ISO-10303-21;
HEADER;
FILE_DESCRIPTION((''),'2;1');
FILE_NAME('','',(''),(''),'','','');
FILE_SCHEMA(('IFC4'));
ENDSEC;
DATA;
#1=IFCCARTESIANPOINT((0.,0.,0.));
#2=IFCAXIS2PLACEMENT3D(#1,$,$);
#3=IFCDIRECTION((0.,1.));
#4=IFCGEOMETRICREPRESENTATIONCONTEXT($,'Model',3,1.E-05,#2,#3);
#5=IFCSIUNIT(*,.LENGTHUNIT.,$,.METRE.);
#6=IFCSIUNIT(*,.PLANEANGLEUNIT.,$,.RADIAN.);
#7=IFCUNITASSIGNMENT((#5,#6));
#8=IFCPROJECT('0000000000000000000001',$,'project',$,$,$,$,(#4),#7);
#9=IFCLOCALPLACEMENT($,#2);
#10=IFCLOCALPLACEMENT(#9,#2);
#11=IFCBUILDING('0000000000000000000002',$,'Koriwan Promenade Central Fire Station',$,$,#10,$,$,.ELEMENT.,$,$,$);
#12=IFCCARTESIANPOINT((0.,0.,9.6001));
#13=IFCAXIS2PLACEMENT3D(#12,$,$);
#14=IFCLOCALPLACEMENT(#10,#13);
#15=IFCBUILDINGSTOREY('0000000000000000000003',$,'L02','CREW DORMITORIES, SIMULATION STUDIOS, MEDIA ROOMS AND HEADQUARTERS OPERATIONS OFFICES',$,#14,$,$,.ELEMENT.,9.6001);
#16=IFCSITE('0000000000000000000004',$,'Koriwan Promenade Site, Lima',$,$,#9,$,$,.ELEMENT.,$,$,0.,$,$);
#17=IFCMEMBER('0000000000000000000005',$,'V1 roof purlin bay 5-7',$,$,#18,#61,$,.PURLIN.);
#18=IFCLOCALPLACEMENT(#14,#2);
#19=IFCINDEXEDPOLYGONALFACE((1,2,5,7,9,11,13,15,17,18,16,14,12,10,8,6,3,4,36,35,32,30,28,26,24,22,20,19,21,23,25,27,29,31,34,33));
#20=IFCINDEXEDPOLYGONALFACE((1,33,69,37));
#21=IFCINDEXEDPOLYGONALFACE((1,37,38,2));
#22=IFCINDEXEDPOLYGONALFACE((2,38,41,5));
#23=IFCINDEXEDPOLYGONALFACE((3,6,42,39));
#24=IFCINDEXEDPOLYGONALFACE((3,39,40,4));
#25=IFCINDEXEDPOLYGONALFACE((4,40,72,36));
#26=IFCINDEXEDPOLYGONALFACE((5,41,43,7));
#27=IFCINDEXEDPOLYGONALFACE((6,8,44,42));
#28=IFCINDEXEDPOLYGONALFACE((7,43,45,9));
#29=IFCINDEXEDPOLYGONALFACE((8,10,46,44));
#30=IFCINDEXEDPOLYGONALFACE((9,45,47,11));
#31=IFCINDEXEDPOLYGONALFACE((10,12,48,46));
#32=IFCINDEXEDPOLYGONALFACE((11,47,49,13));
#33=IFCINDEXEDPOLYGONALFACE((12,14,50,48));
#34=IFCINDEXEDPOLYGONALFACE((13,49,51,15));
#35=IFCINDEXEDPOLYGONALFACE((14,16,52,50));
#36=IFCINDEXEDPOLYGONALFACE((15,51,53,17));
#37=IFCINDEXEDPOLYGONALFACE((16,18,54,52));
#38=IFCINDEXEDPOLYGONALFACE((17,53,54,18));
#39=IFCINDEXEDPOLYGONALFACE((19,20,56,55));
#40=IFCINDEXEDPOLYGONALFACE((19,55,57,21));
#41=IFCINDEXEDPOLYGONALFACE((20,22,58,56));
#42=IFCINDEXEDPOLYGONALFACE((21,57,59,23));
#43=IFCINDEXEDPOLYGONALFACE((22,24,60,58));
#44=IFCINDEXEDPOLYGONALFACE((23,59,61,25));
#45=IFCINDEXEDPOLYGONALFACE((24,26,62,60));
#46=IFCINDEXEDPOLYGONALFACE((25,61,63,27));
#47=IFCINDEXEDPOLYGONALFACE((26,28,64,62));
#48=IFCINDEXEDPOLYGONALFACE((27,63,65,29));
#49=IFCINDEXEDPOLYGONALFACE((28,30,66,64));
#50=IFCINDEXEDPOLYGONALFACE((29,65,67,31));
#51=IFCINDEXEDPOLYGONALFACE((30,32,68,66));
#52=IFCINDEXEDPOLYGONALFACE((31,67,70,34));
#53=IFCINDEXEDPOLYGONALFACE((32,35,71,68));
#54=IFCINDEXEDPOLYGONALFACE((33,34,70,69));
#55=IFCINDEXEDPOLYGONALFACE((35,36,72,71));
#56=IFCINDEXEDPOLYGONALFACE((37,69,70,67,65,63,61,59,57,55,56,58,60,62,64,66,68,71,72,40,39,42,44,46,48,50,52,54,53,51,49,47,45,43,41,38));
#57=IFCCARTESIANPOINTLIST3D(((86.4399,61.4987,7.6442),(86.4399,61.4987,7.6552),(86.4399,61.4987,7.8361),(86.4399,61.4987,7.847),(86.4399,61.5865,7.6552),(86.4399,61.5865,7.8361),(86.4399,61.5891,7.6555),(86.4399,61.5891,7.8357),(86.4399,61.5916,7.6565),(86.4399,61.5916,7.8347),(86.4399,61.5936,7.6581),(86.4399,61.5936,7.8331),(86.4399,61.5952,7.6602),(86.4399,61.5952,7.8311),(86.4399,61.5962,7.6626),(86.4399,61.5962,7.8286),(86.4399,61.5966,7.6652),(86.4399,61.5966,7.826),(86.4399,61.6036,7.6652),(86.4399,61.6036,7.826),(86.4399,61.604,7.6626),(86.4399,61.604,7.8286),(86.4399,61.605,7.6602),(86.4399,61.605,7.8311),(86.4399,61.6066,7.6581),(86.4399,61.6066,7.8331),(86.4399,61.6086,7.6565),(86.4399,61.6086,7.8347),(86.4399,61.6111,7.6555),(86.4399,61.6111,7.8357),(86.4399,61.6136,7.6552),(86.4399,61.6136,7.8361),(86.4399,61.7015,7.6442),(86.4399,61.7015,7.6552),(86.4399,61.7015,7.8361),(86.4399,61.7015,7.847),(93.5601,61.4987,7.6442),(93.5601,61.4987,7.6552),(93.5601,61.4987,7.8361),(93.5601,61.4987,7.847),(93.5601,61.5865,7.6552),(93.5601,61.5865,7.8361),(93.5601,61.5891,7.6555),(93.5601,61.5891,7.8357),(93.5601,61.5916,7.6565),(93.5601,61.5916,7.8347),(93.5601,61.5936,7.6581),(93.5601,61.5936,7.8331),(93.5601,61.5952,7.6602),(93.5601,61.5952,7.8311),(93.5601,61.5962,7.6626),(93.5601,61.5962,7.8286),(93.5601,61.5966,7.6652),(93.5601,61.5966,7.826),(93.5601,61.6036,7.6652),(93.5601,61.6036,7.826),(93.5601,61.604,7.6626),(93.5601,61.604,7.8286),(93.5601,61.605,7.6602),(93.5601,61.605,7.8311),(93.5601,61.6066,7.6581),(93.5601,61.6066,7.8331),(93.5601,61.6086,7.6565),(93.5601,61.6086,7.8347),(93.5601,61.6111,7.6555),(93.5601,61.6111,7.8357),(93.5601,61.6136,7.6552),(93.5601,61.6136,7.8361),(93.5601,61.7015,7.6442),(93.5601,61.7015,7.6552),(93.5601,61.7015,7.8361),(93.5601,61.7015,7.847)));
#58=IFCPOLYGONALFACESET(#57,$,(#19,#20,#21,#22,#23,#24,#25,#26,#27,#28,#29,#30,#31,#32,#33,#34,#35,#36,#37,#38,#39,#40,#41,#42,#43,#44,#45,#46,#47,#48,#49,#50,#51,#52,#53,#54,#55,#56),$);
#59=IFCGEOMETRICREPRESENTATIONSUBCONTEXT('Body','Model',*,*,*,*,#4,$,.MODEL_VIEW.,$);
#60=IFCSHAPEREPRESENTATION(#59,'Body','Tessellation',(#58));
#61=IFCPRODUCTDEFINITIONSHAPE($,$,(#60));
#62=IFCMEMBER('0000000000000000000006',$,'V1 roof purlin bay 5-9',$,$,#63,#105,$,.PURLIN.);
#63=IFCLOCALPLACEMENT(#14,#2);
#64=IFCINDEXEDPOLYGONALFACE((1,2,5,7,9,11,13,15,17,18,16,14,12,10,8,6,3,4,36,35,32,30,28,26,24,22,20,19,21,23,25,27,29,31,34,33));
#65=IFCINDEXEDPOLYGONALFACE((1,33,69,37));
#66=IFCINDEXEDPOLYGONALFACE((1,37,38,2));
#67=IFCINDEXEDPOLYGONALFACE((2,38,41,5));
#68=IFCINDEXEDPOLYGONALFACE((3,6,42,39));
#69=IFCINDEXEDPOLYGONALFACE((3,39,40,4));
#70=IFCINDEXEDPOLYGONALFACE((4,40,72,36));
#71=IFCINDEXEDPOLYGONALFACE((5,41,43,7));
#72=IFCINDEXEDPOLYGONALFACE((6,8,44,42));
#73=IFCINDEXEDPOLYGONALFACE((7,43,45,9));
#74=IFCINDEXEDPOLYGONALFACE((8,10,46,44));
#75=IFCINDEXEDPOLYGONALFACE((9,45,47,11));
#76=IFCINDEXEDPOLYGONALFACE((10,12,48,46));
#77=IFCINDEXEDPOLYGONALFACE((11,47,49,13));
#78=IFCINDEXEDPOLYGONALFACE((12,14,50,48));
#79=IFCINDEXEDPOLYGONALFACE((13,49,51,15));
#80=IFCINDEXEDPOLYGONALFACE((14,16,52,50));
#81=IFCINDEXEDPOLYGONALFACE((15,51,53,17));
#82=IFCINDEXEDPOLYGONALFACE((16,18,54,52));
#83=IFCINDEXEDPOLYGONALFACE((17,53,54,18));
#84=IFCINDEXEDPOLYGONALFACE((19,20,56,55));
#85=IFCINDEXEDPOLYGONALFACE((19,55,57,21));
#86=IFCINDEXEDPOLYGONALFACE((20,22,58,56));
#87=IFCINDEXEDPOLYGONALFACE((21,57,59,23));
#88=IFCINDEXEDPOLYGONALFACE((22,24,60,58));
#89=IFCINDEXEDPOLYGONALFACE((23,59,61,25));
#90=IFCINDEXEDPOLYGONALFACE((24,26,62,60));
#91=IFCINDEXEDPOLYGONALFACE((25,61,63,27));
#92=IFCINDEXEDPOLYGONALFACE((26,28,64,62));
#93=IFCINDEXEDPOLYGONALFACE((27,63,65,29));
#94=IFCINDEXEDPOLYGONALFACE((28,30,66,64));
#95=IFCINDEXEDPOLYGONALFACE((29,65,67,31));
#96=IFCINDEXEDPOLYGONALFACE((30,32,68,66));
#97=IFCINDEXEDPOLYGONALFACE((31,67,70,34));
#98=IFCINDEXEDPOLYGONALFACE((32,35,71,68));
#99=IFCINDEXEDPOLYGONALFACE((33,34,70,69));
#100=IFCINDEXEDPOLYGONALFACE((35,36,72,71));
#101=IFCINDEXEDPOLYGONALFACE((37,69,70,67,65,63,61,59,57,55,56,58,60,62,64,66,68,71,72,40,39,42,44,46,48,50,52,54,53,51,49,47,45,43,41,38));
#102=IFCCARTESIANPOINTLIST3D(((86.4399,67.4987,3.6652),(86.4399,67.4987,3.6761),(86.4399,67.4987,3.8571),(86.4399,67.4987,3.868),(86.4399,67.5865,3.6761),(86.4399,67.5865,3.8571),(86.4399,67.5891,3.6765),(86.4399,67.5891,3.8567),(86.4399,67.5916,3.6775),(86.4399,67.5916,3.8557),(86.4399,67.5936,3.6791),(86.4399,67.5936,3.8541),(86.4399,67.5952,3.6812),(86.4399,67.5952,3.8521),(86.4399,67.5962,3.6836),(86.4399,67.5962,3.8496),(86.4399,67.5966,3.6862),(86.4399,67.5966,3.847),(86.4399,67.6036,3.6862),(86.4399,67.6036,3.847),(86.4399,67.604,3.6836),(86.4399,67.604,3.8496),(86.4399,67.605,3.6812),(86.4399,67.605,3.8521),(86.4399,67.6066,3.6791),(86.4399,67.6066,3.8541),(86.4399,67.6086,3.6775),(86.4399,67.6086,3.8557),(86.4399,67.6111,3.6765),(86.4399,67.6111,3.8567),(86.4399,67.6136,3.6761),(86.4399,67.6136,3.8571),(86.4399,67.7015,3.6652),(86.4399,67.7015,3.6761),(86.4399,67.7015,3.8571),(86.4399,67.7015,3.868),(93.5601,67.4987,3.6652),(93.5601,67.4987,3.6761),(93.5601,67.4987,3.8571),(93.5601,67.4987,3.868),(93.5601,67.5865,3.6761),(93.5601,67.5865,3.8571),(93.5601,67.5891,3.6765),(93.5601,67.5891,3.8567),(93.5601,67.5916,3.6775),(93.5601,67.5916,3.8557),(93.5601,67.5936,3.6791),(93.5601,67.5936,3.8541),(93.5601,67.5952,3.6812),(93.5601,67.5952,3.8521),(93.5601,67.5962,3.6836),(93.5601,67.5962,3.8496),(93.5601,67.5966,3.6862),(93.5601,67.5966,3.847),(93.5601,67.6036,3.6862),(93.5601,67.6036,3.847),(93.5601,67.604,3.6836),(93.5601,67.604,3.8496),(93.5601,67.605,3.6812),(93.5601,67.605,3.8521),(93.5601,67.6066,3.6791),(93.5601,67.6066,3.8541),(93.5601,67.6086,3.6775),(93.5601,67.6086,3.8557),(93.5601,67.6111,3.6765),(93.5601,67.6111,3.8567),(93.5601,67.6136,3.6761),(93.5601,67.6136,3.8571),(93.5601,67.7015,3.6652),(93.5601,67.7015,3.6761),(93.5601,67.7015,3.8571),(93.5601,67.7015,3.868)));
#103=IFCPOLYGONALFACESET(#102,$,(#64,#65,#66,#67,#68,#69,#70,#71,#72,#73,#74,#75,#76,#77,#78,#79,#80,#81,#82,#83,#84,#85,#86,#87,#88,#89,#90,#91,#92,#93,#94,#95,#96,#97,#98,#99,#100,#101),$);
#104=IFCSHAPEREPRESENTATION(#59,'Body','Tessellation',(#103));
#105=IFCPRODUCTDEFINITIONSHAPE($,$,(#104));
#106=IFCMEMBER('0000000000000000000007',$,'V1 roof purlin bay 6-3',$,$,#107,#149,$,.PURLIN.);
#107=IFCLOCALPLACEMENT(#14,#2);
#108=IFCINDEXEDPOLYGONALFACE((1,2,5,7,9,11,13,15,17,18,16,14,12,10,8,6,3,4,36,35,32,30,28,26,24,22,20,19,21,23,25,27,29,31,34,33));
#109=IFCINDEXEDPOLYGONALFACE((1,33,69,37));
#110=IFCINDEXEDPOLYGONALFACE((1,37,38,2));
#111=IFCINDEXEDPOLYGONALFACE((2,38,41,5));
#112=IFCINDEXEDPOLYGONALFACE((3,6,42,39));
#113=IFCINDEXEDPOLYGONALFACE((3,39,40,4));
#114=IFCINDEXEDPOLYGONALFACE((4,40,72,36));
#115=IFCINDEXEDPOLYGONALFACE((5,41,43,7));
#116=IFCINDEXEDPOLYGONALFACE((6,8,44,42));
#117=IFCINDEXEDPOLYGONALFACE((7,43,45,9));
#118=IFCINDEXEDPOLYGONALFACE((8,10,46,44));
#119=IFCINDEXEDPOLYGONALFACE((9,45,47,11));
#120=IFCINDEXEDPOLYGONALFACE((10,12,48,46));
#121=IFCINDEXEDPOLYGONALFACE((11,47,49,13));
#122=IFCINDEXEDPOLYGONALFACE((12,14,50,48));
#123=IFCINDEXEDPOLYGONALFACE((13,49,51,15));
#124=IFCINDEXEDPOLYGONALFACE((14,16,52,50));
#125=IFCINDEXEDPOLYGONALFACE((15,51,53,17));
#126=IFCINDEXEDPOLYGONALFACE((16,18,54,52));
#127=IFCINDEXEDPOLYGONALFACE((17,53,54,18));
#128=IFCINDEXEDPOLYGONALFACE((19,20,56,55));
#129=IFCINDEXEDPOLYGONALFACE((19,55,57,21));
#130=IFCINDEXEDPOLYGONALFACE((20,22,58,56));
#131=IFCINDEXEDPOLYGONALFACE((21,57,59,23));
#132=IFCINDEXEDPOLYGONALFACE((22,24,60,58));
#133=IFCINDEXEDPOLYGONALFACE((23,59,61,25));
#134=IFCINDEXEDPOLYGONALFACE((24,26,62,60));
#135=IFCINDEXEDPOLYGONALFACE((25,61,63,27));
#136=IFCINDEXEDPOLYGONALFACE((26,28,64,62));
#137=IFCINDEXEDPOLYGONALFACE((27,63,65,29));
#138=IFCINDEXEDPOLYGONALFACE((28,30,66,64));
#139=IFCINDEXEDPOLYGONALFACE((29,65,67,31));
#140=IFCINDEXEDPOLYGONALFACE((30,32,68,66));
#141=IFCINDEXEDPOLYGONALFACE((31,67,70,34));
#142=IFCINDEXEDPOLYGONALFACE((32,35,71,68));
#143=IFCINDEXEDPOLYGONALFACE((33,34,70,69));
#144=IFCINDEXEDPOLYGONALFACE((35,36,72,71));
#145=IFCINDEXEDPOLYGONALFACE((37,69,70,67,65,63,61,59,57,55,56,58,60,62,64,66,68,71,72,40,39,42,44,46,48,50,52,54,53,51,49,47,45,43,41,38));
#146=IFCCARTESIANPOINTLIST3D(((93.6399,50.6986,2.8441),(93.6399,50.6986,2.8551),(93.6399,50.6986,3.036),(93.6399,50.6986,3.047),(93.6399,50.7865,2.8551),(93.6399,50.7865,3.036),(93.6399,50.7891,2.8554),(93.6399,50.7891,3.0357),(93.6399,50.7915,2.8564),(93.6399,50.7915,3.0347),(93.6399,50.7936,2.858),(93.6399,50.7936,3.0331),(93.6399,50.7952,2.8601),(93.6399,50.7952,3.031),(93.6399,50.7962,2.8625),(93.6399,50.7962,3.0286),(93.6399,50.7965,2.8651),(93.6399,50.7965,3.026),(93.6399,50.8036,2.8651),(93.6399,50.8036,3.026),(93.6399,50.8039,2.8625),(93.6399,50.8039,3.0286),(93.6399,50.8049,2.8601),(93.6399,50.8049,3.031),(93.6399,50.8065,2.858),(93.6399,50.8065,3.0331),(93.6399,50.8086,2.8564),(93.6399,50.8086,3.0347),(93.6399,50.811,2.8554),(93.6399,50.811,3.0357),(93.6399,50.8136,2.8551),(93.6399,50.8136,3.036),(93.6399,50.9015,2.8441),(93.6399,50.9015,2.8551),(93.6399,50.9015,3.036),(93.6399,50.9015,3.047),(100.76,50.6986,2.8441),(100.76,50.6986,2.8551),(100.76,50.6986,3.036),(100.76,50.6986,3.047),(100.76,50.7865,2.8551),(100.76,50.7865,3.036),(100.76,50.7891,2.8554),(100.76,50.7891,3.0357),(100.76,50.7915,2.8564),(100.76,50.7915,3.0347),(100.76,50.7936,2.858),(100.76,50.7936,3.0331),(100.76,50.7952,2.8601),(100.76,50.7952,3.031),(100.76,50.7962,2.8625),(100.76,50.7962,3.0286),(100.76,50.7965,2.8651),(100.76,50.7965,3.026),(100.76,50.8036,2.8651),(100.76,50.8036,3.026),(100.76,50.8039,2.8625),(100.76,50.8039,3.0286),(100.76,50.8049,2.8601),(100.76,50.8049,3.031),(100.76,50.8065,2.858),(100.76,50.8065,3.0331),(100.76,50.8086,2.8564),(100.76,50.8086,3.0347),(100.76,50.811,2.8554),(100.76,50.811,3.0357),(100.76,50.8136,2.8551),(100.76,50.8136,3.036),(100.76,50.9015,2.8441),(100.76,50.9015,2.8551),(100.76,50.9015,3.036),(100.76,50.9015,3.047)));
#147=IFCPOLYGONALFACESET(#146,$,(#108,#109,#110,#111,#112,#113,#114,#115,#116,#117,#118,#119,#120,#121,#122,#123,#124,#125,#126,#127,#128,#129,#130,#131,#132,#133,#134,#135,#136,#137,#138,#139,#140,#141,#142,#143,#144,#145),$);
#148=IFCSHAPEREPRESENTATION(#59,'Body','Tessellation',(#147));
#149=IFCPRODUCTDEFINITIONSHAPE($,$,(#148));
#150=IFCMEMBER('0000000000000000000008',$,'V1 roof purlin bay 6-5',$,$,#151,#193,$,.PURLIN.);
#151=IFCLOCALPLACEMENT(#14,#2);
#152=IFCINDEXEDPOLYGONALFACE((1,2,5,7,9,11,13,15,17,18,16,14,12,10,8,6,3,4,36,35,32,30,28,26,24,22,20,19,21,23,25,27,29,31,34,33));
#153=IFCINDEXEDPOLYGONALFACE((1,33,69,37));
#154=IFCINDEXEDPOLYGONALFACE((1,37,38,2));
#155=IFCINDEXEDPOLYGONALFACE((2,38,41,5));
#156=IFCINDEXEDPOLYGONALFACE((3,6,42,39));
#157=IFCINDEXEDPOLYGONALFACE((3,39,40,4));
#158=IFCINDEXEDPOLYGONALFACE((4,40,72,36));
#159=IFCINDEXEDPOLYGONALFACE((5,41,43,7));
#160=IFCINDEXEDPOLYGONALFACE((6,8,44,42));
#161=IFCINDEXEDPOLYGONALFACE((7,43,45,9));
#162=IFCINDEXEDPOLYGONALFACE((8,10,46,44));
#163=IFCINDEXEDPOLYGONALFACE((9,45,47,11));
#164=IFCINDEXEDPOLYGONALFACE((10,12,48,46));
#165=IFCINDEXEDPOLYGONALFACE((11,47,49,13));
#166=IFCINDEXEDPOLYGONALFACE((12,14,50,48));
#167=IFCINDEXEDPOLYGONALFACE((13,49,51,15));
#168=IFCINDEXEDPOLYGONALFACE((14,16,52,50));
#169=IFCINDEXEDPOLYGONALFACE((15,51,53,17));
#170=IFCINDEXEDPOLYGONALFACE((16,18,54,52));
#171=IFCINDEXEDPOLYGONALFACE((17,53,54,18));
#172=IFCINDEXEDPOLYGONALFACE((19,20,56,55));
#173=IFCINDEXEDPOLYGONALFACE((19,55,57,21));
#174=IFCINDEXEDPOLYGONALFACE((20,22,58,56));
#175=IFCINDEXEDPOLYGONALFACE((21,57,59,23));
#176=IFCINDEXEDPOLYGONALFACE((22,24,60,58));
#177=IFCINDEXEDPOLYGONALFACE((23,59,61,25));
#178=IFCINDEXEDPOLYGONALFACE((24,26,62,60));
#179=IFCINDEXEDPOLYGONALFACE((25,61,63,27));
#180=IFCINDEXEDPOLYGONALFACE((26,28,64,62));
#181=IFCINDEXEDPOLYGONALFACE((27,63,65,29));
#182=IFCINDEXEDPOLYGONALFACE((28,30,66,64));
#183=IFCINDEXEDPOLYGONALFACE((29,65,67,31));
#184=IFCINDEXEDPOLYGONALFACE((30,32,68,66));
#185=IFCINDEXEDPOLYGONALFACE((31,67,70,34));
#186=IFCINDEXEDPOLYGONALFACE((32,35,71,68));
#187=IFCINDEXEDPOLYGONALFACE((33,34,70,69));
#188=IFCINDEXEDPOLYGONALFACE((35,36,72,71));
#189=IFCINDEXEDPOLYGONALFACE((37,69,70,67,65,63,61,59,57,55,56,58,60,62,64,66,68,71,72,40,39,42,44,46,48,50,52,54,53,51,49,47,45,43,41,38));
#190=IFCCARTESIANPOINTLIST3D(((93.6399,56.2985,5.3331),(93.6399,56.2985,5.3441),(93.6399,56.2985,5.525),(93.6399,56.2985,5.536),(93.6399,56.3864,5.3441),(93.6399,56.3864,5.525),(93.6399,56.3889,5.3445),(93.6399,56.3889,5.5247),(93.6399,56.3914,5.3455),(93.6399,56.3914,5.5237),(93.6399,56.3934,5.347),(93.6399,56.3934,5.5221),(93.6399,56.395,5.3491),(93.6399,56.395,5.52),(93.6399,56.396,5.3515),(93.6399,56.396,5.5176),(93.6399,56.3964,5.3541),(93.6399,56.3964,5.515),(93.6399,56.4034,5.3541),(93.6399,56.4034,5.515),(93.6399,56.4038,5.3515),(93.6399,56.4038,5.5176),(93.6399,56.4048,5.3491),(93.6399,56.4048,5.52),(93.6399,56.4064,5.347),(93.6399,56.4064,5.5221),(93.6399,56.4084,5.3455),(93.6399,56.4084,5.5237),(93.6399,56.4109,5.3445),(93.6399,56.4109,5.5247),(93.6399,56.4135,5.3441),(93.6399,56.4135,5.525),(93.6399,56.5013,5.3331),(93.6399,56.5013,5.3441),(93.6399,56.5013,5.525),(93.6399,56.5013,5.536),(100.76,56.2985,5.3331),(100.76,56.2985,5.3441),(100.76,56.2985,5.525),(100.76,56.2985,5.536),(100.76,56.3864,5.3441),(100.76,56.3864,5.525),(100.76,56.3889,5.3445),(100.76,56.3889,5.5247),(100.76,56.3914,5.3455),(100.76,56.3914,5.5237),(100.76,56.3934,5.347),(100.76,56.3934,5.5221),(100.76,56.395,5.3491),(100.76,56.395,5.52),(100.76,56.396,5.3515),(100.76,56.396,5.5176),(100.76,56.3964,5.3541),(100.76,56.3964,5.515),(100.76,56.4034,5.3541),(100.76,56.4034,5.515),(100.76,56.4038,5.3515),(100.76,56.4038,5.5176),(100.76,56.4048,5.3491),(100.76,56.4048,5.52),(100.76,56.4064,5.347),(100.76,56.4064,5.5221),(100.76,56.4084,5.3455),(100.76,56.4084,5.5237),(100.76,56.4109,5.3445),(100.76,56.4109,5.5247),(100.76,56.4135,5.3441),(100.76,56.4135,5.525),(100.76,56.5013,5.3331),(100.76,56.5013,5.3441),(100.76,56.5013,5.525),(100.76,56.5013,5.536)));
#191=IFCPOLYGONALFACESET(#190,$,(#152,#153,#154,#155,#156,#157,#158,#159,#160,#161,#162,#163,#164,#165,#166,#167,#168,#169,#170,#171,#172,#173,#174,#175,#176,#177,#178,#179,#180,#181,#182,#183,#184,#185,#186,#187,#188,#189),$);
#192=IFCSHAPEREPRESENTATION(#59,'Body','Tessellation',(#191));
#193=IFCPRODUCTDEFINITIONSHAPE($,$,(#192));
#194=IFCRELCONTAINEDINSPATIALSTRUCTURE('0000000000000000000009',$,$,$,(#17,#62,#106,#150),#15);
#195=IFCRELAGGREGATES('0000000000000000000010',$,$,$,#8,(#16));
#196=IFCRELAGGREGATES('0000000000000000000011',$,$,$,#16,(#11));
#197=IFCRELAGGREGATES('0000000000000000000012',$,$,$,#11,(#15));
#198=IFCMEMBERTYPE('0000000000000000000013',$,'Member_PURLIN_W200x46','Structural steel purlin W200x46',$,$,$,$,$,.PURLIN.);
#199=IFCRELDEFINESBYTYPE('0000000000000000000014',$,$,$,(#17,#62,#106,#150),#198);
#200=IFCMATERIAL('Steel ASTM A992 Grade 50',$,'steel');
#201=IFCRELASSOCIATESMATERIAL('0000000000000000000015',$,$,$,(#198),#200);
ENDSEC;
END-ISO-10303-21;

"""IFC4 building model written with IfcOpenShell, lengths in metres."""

from ifc_helpers import new_model, si_unit, direction, frame, origin, origin_2d, place, context, subcontext, project, spatial, i_section, extrude, material, material_profile, profile_set, type_object, element, save


model = new_model("IFC4")

# Units and contexts
model_context = context("Model", 3, precision=1e-05, world=origin(), true_north=direction((0.0, 1.0)))
body_context = subcontext(model_context, "Body", "Model", "MODEL_VIEW")
ifc_project = project(units=[si_unit("LENGTHUNIT", "METRE"), si_unit("PLANEANGLEUNIT", "RADIAN")], contexts=[model_context])

# Site, building, storey
site_placement = place(None, origin())
site = spatial("IfcSite", under=ifc_project, at=site_placement, Name="Koriwan Promenade Site, Lima", CompositionType="ELEMENT", RefElevation=0.0)
building_placement = place(site_placement, origin())
building = spatial("IfcBuilding", under=site, at=building_placement, Name="Koriwan Promenade Central Fire Station", CompositionType="ELEMENT")
storey_placement = place(building_placement, frame((0.0, 0.0, 9.6001)))
storey = spatial("IfcBuildingStorey", under=building, at=storey_placement, Name="L02", Description="CREW DORMITORIES, SIMULATION STUDIOS, MEDIA ROOMS AND HEADQUARTERS OPERATIONS OFFICES", CompositionType="ELEMENT", Elevation=9.6001)

# Members
ifc_material_1 = material(Name="Steel ASTM A992 Grade 50", Category="steel")
ifc_material_profile_1 = material_profile(ifc_material_1, i_section(OverallWidth=0.2029, OverallDepth=0.2029, WebThickness=0.0071, FlangeThickness=0.011, FilletRadius=0.01, at=origin_2d()), Name="W200x46")
ifc_profile_set_1 = profile_set([ifc_material_profile_1], Name="Steel ASTM A992 Grade 50")
member_type_1 = type_object("IfcMemberType", Name="Member_PURLIN_W200x46", Description="Structural steel purlin W200x46", PredefinedType="PURLIN", material=ifc_profile_set_1)
for number, where, z_axis, x_axis, name in (
    (1, (86.4399, 61.6001, 7.7456), (1.0, 0.0, 0.0), (0.0, 1.0, 0.0), "V1 roof purlin bay 5-7"),
    (2, (86.4399, 67.6001, 3.7666), (1.0, 0.0, 0.0), (0.0, 1.0, 0.0), "V1 roof purlin bay 5-9"),
    (3, (93.6399, 50.8, 2.9456), (1.0, 0.0, 0.0), (0.0, 1.0, 0.0), "V1 roof purlin bay 6-3"),
    (4, (93.6399, 56.3999, 5.4346), (1.0, 0.0, 0.0), (0.0, 1.0, 0.0), "V1 roof purlin bay 6-5"),
):
    element("IfcMember", number, at=place(storey_placement, frame(where, z_axis=z_axis, x_axis=x_axis)), inside=storey, type_object=member_type_1, Name=name, PredefinedType="PURLIN", context=body_context, shape_type="SweptSolid", body=[
        extrude(i_section(OverallWidth=0.2029, OverallDepth=0.2029, WebThickness=0.0071, FlangeThickness=0.011, FilletRadius=0.01, at=origin_2d()), origin(), (0.0, 0.0, 1.0), 7.1201),
    ])

save(model, "model.ifc")
